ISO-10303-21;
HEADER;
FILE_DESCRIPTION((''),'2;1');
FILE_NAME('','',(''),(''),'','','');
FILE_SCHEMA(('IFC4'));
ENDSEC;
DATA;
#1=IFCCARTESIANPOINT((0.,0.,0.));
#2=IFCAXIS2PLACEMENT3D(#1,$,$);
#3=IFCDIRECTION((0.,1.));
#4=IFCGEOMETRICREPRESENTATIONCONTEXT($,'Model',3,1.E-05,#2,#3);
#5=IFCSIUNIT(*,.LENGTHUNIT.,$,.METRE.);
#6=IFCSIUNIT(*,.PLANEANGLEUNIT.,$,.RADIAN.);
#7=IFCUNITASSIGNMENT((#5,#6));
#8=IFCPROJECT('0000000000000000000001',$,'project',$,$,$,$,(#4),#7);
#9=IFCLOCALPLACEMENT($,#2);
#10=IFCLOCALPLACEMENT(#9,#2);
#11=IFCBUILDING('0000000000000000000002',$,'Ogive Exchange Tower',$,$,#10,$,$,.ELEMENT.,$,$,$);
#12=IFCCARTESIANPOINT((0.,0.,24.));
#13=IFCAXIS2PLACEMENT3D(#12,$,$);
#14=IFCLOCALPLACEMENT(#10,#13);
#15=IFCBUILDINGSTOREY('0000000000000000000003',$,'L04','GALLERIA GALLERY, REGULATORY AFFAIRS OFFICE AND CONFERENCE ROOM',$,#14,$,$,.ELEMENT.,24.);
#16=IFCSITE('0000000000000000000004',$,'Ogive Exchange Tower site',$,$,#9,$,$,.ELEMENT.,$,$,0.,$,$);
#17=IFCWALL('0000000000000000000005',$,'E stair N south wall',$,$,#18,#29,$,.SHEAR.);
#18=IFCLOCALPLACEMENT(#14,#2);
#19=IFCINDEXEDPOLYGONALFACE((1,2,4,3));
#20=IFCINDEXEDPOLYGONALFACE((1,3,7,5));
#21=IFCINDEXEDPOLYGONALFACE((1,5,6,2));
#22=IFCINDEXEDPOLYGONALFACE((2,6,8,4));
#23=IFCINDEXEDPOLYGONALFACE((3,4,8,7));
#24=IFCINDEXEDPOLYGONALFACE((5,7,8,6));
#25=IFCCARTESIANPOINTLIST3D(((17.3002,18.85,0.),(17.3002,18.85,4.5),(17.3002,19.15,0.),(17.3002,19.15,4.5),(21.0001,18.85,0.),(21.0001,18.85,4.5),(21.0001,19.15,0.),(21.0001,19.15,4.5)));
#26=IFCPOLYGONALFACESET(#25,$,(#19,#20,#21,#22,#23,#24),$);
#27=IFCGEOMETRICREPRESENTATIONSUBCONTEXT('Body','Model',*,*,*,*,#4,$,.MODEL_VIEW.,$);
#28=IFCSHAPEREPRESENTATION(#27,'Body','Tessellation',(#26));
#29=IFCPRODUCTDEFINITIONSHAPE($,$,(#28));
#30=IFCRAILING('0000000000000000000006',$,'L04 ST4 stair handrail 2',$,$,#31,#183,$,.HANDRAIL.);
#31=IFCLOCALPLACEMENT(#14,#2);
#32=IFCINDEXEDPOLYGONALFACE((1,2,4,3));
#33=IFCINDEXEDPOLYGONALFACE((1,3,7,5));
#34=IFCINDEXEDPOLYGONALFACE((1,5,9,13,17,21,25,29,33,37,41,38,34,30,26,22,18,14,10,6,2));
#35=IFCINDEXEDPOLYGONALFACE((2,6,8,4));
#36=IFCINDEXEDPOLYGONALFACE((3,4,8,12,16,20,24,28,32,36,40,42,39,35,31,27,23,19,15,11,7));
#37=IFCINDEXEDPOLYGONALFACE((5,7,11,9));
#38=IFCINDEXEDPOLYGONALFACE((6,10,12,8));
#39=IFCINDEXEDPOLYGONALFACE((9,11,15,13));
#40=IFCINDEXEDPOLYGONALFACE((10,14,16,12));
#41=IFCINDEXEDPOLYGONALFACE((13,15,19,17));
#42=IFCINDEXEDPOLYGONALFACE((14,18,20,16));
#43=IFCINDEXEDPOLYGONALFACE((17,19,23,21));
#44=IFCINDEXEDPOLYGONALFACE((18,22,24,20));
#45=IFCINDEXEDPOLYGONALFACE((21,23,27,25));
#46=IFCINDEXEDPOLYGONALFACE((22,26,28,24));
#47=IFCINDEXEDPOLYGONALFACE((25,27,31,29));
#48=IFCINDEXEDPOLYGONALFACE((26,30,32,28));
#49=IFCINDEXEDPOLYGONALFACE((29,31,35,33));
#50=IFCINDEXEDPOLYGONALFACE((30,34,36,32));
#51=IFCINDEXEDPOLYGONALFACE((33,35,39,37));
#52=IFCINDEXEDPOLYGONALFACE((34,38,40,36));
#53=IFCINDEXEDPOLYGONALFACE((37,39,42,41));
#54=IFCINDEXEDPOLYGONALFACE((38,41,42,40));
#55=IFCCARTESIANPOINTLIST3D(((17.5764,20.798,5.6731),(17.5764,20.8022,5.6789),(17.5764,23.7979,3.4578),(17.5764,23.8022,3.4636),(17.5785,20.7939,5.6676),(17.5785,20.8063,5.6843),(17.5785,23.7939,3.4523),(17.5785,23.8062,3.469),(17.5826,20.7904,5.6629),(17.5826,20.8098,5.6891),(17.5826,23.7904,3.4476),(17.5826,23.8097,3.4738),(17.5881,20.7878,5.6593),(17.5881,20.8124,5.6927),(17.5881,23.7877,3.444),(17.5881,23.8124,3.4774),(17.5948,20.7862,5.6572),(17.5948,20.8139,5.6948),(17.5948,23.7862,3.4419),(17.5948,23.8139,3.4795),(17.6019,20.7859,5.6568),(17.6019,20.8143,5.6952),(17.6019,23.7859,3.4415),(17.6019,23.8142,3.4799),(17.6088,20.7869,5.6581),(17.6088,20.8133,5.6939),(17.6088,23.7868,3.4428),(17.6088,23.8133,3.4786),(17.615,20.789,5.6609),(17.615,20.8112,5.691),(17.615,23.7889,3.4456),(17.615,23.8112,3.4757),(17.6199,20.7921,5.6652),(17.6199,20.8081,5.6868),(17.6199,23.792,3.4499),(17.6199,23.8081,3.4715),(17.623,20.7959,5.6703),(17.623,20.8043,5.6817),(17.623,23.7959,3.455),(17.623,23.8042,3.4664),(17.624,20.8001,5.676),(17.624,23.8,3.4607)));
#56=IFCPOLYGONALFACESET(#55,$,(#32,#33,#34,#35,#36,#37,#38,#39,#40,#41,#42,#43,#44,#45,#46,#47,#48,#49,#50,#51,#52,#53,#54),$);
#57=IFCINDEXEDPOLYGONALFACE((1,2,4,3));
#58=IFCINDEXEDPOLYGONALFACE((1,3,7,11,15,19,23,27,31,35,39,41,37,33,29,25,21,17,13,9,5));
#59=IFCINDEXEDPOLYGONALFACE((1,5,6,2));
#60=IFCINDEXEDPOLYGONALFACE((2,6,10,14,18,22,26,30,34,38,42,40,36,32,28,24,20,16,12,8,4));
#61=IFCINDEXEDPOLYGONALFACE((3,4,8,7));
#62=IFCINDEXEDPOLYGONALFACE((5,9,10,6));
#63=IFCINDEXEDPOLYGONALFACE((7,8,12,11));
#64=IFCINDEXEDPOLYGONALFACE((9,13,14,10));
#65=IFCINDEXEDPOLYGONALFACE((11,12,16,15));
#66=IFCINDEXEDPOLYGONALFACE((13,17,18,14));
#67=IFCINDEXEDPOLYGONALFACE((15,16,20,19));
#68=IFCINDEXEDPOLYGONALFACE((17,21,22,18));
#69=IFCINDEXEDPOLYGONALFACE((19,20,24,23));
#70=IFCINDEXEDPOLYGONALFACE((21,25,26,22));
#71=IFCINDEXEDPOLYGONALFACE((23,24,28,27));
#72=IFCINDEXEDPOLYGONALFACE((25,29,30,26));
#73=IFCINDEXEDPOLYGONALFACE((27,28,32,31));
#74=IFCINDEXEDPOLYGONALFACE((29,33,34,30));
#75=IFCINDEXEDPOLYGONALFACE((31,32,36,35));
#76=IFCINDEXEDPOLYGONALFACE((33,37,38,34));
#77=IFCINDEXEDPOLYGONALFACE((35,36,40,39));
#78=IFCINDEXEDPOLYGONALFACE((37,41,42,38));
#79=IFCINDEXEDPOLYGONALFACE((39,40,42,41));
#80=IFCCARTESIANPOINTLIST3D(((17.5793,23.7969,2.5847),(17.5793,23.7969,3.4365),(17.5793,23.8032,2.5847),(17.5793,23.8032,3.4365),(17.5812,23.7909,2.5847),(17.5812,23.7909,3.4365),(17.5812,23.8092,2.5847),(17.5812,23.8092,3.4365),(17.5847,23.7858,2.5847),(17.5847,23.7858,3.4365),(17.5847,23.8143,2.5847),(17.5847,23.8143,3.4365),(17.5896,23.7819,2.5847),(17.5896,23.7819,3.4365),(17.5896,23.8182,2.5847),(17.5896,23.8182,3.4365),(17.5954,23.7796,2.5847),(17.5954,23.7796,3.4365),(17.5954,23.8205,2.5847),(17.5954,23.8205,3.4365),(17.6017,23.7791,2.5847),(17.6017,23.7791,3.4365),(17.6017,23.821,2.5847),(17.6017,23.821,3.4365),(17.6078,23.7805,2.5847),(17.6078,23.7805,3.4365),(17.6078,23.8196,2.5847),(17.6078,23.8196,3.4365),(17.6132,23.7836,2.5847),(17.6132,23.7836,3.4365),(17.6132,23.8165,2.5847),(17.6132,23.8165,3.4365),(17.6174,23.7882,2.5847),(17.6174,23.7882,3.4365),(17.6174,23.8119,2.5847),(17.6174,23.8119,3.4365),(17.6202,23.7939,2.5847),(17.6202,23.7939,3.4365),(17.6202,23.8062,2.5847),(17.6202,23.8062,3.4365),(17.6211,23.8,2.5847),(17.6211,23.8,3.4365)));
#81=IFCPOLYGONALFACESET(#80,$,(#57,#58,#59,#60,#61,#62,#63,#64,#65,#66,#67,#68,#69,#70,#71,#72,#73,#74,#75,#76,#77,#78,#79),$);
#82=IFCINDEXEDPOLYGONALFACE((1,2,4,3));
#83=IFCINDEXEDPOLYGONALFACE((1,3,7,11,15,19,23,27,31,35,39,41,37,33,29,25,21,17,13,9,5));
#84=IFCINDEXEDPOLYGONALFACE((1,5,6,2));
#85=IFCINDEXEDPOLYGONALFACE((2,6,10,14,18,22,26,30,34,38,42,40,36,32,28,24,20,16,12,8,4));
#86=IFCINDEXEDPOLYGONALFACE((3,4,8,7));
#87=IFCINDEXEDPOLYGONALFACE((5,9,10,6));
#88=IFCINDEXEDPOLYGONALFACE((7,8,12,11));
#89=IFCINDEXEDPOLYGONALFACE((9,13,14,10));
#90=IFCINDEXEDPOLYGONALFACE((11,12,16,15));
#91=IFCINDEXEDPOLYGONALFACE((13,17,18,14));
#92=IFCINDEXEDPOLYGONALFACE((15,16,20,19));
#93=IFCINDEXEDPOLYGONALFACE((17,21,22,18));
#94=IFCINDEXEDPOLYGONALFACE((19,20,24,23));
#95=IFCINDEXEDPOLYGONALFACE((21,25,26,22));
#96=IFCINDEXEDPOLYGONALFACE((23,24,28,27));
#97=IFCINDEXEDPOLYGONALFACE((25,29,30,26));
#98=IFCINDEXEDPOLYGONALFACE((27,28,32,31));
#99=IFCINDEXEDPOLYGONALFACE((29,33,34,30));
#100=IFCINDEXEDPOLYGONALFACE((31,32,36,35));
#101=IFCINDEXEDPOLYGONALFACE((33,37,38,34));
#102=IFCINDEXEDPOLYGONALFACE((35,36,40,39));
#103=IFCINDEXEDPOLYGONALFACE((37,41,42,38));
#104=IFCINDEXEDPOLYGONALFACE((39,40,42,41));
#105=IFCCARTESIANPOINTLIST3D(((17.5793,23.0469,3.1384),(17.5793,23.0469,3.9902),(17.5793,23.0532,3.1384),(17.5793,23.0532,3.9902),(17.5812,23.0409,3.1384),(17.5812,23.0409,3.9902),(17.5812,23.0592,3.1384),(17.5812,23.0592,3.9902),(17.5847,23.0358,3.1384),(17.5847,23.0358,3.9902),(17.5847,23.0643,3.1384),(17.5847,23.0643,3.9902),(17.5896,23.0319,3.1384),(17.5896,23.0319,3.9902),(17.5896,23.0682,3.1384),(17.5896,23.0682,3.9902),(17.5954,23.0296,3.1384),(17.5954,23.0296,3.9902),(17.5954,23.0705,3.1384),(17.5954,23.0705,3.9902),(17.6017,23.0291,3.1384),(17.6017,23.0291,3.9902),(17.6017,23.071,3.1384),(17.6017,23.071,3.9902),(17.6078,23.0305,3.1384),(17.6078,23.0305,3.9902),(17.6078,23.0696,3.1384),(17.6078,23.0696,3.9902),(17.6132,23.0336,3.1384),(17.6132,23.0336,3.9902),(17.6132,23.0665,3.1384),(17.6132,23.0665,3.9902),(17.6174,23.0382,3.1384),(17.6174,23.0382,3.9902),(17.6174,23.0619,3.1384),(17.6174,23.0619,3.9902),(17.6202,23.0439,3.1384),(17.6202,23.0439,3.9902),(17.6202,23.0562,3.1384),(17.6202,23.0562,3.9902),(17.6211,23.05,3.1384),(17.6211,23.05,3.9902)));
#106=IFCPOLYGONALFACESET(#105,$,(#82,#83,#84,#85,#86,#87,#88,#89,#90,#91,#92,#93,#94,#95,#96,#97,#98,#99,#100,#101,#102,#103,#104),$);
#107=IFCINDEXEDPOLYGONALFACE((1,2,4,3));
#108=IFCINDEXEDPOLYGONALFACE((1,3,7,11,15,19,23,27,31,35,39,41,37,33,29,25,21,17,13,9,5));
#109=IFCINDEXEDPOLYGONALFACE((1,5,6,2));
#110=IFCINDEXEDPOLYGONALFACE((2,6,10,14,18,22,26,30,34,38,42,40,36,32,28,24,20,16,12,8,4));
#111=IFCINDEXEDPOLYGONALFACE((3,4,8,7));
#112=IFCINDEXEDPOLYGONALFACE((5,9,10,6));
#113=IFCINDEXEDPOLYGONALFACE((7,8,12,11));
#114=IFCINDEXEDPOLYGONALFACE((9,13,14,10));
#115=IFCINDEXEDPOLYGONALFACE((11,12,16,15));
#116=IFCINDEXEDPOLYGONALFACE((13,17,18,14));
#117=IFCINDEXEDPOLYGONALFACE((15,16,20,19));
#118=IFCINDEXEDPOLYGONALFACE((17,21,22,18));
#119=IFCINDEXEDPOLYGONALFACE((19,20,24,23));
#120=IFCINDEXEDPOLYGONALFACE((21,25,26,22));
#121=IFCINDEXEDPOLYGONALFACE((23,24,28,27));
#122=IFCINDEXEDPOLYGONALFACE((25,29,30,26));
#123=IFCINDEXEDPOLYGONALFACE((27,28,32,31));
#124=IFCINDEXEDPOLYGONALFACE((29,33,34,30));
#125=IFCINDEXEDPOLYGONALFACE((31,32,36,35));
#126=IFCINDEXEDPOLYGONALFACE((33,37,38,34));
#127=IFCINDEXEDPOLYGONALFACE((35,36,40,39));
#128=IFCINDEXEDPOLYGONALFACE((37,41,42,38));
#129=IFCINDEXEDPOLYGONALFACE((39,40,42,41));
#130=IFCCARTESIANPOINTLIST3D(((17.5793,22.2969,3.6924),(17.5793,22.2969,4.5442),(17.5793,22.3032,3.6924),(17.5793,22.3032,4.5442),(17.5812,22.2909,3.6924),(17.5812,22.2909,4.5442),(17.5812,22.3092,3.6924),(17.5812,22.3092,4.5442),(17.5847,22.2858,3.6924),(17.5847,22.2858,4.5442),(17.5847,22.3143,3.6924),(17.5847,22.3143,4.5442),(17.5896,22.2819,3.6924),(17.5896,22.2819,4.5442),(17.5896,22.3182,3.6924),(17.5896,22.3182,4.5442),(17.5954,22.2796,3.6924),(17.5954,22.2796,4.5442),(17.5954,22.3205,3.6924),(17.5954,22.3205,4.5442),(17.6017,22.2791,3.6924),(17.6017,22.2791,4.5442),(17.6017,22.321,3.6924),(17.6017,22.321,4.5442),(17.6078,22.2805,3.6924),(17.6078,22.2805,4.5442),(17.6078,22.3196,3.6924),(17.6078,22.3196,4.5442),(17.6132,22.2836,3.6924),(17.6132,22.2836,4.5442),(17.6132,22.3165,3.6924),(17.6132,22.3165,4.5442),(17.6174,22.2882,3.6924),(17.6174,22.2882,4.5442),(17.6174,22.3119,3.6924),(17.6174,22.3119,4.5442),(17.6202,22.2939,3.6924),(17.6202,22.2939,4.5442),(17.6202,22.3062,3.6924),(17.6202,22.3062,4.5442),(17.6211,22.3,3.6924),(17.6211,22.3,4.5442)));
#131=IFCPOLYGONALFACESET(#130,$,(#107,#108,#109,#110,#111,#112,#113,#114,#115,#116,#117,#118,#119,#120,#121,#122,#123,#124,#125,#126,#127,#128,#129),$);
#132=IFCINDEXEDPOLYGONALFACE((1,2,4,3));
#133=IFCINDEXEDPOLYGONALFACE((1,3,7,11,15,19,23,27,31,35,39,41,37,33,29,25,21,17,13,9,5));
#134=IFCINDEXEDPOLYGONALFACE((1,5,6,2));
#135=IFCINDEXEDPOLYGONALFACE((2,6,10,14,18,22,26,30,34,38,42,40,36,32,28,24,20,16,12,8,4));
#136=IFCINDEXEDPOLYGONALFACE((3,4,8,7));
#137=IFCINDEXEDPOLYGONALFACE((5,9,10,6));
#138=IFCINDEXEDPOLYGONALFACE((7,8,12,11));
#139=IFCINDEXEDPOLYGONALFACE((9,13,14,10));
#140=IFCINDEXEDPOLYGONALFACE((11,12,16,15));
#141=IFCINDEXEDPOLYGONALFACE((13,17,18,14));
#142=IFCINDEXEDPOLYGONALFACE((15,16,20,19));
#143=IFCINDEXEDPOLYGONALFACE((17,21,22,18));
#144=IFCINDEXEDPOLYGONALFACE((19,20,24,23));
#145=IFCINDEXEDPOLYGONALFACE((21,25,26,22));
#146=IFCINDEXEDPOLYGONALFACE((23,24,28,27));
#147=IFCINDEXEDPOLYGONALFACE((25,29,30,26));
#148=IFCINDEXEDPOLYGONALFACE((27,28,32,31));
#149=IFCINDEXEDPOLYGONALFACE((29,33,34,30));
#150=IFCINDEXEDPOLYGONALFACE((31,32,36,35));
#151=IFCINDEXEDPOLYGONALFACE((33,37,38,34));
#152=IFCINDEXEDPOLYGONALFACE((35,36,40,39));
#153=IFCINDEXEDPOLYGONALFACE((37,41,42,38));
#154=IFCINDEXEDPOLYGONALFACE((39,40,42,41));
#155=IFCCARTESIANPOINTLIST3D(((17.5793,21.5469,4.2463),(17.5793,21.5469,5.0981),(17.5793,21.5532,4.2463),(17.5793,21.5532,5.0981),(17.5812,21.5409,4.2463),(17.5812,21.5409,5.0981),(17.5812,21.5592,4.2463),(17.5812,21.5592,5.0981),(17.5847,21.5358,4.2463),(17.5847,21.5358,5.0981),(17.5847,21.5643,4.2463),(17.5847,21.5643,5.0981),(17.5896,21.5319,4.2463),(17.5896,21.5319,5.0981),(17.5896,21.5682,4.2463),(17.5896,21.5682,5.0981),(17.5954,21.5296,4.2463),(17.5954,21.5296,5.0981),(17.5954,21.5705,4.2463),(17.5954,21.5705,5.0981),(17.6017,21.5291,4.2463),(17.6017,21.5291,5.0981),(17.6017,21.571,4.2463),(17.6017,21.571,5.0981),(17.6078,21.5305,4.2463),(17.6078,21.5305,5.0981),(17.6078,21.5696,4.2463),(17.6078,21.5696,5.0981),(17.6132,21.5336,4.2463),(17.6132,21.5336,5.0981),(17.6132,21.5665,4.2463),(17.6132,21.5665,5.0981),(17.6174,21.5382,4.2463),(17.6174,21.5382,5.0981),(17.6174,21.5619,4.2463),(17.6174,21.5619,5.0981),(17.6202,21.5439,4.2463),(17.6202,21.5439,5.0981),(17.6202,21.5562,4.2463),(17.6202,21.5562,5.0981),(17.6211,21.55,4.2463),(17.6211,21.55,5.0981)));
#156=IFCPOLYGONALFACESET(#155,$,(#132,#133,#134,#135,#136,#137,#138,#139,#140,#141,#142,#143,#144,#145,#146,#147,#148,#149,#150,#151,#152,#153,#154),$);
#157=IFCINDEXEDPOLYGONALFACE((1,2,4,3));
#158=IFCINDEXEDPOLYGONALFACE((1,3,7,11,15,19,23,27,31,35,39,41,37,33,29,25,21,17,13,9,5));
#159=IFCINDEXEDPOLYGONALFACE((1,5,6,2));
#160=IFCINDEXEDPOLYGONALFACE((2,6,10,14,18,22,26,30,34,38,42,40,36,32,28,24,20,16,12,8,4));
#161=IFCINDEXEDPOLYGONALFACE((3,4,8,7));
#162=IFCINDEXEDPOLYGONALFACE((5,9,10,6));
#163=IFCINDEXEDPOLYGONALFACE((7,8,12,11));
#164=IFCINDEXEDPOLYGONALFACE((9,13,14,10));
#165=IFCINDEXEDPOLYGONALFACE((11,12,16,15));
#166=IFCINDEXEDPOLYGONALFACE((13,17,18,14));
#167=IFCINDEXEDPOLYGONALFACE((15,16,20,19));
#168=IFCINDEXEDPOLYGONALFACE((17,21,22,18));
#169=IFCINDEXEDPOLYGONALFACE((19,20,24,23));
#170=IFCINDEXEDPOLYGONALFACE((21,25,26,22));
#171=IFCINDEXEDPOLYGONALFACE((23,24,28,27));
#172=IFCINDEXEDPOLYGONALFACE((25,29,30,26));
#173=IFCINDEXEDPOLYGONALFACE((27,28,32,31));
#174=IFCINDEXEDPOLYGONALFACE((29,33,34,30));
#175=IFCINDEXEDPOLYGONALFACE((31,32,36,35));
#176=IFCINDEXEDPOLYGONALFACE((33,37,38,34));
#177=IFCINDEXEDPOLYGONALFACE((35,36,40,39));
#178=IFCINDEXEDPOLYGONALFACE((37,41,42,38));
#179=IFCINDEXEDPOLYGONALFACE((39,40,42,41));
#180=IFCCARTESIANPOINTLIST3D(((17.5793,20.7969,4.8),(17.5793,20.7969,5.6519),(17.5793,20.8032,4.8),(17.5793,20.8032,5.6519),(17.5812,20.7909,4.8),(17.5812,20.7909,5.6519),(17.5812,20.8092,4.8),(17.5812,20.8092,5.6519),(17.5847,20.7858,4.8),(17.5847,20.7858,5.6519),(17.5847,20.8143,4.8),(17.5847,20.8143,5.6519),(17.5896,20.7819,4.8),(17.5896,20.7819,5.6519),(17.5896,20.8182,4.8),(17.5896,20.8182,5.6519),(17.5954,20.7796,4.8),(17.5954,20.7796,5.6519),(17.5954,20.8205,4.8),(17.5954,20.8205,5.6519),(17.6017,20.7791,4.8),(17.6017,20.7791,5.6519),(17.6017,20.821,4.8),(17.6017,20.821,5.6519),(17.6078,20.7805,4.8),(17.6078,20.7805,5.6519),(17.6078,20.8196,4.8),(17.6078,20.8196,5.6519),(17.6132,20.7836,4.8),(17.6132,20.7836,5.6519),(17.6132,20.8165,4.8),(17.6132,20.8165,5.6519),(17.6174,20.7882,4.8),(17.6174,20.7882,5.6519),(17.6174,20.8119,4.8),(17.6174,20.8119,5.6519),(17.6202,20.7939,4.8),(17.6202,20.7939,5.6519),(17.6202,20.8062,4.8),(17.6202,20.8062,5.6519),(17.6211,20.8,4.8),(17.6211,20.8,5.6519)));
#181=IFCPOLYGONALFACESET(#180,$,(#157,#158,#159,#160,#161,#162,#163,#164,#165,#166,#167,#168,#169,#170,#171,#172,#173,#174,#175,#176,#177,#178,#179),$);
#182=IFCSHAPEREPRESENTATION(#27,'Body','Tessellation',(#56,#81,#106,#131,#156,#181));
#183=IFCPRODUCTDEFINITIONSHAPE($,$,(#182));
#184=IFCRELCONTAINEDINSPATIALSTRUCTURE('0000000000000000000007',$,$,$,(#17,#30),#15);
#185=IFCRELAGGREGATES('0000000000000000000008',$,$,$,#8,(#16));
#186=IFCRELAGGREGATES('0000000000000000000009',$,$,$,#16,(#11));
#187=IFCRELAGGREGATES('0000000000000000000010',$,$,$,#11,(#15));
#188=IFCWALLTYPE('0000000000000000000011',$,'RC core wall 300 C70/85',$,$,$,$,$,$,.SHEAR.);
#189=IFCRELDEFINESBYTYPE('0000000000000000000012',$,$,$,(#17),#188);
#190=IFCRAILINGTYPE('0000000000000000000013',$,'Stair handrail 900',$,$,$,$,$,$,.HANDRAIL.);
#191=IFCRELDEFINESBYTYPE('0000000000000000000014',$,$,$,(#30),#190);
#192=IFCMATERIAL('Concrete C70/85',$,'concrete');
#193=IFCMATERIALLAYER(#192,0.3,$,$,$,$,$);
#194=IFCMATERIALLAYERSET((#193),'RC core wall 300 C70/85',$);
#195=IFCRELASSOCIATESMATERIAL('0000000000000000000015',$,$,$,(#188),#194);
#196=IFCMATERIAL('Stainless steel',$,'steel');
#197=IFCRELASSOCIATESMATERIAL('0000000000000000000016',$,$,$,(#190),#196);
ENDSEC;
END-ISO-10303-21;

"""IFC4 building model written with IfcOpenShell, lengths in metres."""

from ifc_helpers import new_model, si_unit, direction, frame, frame_2d, origin, origin_2d, place, context, subcontext, project, spatial, rectangle, circle, extrude, material, layer, layer_set, type_object, element, save


model = new_model("IFC4")

# Units and contexts
model_context = context("Model", 3, precision=1e-05, world=origin(), true_north=direction((0.0, 1.0)))
body_context = subcontext(model_context, "Body", "Model", "MODEL_VIEW")
ifc_project = project(units=[si_unit("LENGTHUNIT", "METRE"), si_unit("PLANEANGLEUNIT", "RADIAN")], contexts=[model_context])

# Site, building, storey
site_placement = place(None, origin())
site = spatial("IfcSite", under=ifc_project, at=site_placement, Name="Ogive Exchange Tower site", CompositionType="ELEMENT", RefElevation=0.0)
building_placement = place(site_placement, origin())
building = spatial("IfcBuilding", under=site, at=building_placement, Name="Ogive Exchange Tower", CompositionType="ELEMENT")
storey_placement = place(building_placement, frame((0.0, 0.0, 24.0)))
storey = spatial("IfcBuildingStorey", under=building, at=storey_placement, Name="L04", Description="GALLERIA GALLERY, REGULATORY AFFAIRS OFFICE AND CONFERENCE ROOM", CompositionType="ELEMENT", Elevation=24.0)

# Shared definitions
ifc_material_1 = material(Name="Concrete C70/85", Category="concrete")

# Wall
ifc_layer_1 = layer(ifc_material_1, 0.3)
ifc_layer_set_1 = layer_set([ifc_layer_1], Name="RC core wall 300 C70/85")
wall_type_1 = type_object("IfcWallType", Name="RC core wall 300 C70/85", PredefinedType="SHEAR", material=ifc_layer_set_1)
wall_1_placement = place(storey_placement, frame((17.3, 19.0, 0.0), z_axis=(0.0, 0.0, 1.0), x_axis=(1.0, 0.0, 0.0)))
element("IfcWall", 1, at=wall_1_placement, inside=storey, type_object=wall_type_1, Name="E stair N south wall", PredefinedType="SHEAR", context=body_context, shape_type="SweptSolid", body=[
    extrude(rectangle(XDim=3.7, YDim=0.3, at=frame_2d((1.8501, 0.0))), origin(), (0.0, 0.0, 1.0), 4.5),
])

# Railing
ifc_material_2 = material(Name="Stainless steel", Category="steel")
railing_type = type_object("IfcRailingType", Name="Stair handrail 900", PredefinedType="HANDRAIL", material=ifc_material_2)
railing_placement = place(storey_placement, frame((17.6001, 23.8, 2.5847)))
element("IfcRailing", 2, at=railing_placement, inside=storey, type_object=railing_type, Name="L04 ST4 stair handrail 2", PredefinedType="HANDRAIL", context=body_context, shape_type="SweptSolid", body=[
    extrude(circle(Radius=0.0239, at=origin_2d()), frame((0.0, 0.0, 0.876), z_axis=(0.0, -0.80444, 0.594034), x_axis=(1.0, 0.0, 0.0)), (0.0, 0.0, 1.0), 3.7292),
    extrude(circle(Radius=0.021, at=origin_2d()), origin(), (0.0, 0.0, 1.0), 0.8518),
    extrude(circle(Radius=0.021, at=origin_2d()), frame((0.0, -0.75, 0.5537)), (0.0, 0.0, 1.0), 0.8518),
    extrude(circle(Radius=0.021, at=origin_2d()), frame((0.0, -1.5, 1.1077)), (0.0, 0.0, 1.0), 0.8518),
    extrude(circle(Radius=0.021, at=origin_2d()), frame((0.0, -2.25, 1.6616)), (0.0, 0.0, 1.0), 0.8518),
    extrude(circle(Radius=0.021, at=origin_2d()), frame((0.0, -3.0, 2.2153)), (0.0, 0.0, 1.0), 0.8518),
])

save(model, "model.ifc")
